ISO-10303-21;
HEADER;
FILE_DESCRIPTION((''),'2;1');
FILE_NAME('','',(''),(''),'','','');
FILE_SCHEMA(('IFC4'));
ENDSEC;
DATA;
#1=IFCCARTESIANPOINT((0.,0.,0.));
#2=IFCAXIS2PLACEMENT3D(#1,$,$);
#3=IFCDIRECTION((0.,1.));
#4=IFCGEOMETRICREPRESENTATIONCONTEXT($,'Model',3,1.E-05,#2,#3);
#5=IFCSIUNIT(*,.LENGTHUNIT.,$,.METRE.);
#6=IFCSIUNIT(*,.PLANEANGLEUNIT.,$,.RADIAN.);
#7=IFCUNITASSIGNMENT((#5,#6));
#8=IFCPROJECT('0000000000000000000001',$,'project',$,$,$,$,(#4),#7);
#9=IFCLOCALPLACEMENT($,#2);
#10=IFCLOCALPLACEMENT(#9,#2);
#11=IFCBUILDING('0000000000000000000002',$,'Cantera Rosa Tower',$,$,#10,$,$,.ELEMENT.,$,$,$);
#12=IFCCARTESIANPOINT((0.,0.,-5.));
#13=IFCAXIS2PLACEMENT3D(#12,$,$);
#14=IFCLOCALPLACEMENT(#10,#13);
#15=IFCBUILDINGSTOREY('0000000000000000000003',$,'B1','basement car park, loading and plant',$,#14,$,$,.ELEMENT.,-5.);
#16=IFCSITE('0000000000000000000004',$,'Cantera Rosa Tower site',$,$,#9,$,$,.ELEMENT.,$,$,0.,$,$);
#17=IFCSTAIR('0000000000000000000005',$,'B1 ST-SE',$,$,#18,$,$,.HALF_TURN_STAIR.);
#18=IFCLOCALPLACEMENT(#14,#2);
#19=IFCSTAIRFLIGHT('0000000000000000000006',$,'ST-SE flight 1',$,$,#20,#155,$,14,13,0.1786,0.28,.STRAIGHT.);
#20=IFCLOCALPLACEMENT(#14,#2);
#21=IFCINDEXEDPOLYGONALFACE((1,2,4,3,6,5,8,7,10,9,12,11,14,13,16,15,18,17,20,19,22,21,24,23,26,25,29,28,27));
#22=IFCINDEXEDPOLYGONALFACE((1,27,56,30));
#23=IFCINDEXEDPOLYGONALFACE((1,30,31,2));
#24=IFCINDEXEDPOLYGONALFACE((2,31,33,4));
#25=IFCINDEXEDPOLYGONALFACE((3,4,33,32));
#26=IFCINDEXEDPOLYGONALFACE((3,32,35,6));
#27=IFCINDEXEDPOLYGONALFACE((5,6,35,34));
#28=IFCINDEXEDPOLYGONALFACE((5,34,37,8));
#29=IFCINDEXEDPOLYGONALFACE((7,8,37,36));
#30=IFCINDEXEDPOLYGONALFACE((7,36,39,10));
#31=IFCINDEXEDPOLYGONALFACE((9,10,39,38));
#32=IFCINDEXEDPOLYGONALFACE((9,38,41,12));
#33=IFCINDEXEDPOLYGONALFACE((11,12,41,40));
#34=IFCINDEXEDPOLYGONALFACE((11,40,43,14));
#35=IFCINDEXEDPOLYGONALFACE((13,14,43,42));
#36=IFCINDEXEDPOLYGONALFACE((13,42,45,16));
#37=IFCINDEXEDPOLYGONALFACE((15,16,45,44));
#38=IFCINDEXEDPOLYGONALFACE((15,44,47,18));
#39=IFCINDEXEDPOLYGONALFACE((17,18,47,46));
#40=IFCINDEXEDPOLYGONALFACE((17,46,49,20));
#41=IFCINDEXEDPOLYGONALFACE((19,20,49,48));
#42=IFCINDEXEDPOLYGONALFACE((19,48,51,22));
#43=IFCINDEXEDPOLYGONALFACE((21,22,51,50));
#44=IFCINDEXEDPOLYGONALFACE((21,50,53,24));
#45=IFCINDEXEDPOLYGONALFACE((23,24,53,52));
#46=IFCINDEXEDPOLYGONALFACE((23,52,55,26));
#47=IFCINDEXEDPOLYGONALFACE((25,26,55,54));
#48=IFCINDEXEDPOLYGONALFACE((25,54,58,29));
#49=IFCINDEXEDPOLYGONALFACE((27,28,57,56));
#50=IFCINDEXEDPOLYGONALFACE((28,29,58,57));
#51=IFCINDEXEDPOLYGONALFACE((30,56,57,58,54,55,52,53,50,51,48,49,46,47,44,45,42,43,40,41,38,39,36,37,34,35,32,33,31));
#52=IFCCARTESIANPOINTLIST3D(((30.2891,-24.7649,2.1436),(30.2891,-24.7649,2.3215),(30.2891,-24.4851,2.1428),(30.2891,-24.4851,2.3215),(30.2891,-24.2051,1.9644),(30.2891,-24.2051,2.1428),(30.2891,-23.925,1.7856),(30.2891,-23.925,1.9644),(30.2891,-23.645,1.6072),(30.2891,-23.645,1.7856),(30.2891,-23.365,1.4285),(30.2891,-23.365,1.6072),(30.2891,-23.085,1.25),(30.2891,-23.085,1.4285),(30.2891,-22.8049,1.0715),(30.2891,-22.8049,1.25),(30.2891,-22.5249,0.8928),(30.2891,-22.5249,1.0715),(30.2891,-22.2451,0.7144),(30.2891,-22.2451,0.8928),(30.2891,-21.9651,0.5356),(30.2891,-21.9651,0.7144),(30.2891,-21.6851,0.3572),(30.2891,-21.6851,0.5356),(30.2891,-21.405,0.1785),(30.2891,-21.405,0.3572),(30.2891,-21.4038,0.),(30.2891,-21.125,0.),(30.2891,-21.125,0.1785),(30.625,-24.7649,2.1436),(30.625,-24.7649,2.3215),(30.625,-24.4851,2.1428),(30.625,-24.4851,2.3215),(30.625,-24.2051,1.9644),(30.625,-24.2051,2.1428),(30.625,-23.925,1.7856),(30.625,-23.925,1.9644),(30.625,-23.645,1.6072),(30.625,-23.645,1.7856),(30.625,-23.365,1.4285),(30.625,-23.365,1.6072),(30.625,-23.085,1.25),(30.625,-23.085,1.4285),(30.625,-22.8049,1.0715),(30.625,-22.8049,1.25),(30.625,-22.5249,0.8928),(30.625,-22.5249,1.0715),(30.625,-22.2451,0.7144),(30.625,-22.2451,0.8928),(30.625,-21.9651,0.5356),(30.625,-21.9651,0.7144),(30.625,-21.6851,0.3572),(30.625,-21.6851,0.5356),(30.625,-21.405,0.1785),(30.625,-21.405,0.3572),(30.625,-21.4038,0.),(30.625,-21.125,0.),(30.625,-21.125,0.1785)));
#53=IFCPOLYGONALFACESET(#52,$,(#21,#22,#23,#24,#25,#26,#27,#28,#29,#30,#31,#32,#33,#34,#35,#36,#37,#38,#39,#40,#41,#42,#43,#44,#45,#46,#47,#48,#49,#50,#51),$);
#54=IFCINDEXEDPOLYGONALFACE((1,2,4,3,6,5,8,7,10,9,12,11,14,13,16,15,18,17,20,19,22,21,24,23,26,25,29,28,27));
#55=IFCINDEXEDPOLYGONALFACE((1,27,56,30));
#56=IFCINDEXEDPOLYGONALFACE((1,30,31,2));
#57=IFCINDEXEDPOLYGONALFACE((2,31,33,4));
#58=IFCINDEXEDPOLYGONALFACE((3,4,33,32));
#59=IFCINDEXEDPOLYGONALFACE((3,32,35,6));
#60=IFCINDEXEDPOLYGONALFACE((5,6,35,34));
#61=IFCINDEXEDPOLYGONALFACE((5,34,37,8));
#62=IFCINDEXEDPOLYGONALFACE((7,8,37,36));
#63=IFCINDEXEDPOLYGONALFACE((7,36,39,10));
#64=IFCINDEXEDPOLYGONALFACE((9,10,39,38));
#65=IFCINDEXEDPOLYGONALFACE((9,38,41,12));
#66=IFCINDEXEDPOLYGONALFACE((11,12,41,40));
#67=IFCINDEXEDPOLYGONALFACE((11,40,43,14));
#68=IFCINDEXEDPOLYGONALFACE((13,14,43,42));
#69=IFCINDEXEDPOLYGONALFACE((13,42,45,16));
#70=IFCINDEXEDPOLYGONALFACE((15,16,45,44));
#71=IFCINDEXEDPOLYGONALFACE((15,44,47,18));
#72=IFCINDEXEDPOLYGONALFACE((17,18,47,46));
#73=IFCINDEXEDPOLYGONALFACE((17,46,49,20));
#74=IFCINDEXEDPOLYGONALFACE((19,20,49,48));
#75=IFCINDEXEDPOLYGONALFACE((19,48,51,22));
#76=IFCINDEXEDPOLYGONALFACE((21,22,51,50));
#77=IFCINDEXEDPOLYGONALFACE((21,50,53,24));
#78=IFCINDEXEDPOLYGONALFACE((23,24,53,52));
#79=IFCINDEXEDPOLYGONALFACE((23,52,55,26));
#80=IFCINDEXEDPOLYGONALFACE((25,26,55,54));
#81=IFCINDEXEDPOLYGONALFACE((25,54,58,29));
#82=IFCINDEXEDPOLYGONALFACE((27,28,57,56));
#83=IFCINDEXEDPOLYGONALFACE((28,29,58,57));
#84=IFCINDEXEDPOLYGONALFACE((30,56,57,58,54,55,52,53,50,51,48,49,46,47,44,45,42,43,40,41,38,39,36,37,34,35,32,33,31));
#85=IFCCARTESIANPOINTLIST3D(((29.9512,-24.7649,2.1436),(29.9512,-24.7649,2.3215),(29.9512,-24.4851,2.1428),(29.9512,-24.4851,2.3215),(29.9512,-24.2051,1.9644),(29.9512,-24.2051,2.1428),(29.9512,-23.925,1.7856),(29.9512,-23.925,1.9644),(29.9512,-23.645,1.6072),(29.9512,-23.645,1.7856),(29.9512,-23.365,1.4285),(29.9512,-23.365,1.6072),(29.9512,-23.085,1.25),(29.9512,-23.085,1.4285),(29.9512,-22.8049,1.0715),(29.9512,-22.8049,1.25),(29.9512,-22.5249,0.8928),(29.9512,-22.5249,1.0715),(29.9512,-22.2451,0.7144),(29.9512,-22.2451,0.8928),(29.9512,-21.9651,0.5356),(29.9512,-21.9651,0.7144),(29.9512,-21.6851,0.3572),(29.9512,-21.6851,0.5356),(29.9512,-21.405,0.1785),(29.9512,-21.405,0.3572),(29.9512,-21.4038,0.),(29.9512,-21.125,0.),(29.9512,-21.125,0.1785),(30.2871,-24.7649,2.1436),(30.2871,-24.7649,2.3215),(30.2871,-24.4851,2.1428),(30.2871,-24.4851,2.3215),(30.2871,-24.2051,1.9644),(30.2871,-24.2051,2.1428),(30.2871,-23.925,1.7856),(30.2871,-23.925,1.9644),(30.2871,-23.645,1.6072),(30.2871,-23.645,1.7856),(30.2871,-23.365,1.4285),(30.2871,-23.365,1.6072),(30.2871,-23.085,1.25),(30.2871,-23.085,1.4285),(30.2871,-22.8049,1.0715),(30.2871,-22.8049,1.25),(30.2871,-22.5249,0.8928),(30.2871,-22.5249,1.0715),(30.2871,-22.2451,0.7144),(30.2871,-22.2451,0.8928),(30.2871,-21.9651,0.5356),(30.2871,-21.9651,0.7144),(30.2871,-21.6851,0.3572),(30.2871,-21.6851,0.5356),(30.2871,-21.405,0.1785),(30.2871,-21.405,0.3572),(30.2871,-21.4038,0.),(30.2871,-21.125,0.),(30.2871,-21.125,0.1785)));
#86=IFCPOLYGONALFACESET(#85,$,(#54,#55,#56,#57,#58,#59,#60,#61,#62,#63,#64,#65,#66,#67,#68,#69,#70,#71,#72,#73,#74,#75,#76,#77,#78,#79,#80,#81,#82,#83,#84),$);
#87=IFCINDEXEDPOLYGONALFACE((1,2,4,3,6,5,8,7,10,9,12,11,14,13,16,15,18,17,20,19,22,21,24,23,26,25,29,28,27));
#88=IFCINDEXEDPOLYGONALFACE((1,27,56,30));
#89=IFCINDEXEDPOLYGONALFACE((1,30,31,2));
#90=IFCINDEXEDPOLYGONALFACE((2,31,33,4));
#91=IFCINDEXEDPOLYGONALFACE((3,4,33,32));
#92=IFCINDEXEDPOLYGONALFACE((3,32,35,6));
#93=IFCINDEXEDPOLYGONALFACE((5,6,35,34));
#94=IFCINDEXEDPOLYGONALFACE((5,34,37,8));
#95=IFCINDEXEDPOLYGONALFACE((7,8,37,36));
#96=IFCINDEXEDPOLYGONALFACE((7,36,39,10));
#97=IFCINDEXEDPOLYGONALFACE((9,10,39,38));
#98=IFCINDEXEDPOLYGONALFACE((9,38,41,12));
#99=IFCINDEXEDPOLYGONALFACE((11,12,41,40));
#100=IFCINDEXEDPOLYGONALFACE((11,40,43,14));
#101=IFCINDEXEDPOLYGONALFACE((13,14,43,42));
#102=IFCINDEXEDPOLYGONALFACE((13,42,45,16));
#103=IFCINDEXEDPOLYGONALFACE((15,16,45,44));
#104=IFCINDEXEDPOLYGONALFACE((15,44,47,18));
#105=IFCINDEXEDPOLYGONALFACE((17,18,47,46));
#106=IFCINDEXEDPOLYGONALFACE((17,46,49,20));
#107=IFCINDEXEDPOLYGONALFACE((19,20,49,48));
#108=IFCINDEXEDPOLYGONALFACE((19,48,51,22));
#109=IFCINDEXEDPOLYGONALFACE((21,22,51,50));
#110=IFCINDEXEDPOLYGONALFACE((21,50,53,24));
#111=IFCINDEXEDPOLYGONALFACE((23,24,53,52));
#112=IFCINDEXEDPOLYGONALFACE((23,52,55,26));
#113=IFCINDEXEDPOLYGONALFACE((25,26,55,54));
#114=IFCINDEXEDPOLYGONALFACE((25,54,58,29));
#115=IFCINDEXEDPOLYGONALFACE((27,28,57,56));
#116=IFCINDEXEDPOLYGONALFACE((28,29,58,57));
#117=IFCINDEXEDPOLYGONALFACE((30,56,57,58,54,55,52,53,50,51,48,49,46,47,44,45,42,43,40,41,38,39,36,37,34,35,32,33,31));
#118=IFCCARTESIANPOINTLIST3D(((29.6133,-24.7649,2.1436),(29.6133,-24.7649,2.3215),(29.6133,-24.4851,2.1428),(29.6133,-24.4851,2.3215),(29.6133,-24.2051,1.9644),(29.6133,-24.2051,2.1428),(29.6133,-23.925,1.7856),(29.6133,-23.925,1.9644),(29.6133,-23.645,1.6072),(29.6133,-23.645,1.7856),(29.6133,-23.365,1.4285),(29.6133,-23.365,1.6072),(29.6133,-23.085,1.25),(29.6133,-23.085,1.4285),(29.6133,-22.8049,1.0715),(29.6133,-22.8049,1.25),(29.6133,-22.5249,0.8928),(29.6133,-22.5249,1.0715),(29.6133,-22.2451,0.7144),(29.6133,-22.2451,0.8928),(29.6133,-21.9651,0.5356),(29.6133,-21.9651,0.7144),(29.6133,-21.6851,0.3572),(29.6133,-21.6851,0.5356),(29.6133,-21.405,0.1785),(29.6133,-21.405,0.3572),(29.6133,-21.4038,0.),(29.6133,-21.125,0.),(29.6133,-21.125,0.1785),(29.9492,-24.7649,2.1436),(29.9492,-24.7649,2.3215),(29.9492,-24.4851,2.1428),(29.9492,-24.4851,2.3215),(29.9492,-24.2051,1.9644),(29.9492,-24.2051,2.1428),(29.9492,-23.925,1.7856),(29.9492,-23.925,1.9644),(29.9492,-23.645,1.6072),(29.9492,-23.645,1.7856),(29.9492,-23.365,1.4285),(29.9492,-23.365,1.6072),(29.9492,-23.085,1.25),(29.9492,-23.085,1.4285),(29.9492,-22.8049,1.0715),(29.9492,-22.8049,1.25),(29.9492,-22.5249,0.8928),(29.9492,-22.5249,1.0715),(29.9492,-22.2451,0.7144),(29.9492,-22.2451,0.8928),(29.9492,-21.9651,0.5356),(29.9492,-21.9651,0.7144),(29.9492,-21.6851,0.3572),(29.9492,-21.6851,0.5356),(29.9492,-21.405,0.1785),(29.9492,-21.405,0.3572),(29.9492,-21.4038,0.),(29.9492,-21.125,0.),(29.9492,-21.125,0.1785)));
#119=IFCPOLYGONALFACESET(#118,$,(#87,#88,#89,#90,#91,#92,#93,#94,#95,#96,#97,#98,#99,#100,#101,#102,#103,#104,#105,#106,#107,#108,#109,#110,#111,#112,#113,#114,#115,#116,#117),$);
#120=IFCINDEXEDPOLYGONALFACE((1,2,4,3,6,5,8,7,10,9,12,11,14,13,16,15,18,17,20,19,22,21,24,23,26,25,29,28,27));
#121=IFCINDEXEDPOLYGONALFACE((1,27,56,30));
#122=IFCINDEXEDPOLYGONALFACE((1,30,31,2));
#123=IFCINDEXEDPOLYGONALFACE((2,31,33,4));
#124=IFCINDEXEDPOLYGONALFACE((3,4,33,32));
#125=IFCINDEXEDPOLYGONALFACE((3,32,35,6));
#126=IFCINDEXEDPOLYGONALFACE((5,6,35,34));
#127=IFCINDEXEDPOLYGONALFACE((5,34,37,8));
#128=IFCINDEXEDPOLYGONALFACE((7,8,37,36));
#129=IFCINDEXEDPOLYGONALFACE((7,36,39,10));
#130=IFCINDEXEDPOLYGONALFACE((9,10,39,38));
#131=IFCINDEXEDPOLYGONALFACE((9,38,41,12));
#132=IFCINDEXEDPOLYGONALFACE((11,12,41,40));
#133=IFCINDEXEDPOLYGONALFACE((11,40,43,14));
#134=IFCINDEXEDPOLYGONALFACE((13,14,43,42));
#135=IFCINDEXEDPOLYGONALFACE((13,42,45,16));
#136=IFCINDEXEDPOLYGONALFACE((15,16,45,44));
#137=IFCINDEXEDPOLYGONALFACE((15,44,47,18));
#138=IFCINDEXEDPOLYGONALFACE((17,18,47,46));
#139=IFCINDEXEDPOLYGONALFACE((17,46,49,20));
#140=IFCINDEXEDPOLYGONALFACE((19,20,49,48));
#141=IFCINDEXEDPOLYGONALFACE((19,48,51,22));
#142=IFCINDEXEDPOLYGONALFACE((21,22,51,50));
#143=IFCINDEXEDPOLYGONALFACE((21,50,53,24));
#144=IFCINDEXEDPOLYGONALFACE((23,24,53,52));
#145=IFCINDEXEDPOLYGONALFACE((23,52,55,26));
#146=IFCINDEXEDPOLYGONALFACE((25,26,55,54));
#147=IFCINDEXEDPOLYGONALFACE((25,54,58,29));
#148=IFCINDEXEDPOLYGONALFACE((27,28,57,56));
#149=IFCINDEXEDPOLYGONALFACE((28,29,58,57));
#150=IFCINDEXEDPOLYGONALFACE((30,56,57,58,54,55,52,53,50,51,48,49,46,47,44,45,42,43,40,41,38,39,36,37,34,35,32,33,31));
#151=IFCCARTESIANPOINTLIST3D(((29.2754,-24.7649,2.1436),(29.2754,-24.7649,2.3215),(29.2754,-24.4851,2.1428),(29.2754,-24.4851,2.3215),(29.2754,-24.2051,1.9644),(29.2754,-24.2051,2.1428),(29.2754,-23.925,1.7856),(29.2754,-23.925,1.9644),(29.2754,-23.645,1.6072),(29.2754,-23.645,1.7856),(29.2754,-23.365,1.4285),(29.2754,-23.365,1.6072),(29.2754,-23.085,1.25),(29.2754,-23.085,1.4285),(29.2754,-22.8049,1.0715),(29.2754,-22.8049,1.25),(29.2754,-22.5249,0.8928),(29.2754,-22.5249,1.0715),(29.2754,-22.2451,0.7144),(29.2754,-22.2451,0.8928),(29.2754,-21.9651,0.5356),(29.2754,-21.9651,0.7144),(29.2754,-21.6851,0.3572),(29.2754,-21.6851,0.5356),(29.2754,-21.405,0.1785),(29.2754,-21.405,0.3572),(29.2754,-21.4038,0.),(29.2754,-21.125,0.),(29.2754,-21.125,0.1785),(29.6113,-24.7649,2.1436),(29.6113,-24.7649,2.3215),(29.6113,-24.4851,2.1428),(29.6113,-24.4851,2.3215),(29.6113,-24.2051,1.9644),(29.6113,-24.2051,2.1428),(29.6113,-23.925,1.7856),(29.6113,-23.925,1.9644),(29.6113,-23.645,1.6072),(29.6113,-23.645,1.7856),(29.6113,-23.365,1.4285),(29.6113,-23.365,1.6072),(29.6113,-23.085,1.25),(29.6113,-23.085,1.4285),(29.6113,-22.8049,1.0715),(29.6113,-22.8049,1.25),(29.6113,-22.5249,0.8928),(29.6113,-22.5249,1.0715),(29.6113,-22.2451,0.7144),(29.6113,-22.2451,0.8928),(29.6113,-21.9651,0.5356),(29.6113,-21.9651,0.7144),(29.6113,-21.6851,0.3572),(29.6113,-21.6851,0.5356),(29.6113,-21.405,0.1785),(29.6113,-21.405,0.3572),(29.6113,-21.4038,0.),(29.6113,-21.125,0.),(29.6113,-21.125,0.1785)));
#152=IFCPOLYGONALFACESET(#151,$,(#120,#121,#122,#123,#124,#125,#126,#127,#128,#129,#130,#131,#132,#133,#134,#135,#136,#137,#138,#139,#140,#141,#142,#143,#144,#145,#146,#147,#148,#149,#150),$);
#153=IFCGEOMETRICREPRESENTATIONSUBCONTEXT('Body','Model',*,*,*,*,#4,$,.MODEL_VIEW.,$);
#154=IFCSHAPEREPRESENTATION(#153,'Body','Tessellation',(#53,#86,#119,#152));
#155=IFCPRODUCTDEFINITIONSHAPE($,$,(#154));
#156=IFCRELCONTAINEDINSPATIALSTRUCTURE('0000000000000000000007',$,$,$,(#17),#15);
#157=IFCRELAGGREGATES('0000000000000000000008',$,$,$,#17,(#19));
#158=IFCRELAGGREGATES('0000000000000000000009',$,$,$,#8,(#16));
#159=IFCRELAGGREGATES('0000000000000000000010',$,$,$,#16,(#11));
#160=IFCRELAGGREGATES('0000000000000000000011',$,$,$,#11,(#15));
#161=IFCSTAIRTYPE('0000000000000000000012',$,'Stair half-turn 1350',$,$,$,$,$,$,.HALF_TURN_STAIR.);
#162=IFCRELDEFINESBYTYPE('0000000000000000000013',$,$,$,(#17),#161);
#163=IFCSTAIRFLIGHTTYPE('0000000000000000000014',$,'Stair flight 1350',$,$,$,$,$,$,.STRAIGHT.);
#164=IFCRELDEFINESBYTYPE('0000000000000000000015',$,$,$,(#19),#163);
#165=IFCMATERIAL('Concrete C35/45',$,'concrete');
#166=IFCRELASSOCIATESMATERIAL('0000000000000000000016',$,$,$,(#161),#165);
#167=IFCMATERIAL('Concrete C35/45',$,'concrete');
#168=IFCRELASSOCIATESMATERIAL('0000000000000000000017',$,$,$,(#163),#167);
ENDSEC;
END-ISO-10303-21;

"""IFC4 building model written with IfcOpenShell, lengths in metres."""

from ifc_helpers import new_model, si_unit, direction, frame, origin, place, context, subcontext, project, spatial, polyline, outline, extrude, material, type_object, element, aggregate, save


model = new_model("IFC4")

# Units and contexts
model_context = context("Model", 3, precision=1e-05, world=origin(), true_north=direction((0.0, 1.0)))
body_context = subcontext(model_context, "Body", "Model", "MODEL_VIEW")
ifc_project = project(units=[si_unit("LENGTHUNIT", "METRE"), si_unit("PLANEANGLEUNIT", "RADIAN")], contexts=[model_context])

# Site, building, storey
site_placement = place(None, origin())
site = spatial("IfcSite", under=ifc_project, at=site_placement, Name="Cantera Rosa Tower site", CompositionType="ELEMENT", RefElevation=0.0)
building_placement = place(site_placement, origin())
building = spatial("IfcBuilding", under=site, at=building_placement, Name="Cantera Rosa Tower", CompositionType="ELEMENT")
storey_placement = place(building_placement, frame((0.0, 0.0, -5.0)))
storey = spatial("IfcBuildingStorey", under=building, at=storey_placement, Name="B1", Description="basement car park, loading and plant", CompositionType="ELEMENT", Elevation=-5.0)

# Stair, stair flight
ifc_material_1 = material(Name="Concrete C35/45", Category="concrete")
stair_type = type_object("IfcStairType", Name="Stair half-turn 1350", PredefinedType="HALF_TURN_STAIR", material=ifc_material_1)
stair_placement = place(storey_placement, origin())
stair = element("IfcStair", 1, at=stair_placement, inside=storey, type_object=stair_type, Name="B1 ST-SE", PredefinedType="HALF_TURN_STAIR")
ifc_material_2 = material(Name="Concrete C35/45", Category="concrete")
stair_flight_type = type_object("IfcStairFlightType", Name="Stair flight 1350", PredefinedType="STRAIGHT", material=ifc_material_2)
stair_flight_1_placement = place(storey_placement, frame((29.95, -21.125, 0.0), z_axis=(0.0, 0.0, 1.0), x_axis=(0.0, -1.0, 0.0)))
stair_flight_1 = element("IfcStairFlight", 2, at=stair_flight_1_placement, type_object=stair_flight_type, Name="ST-SE flight 1", NumberOfRisers=14, NumberOfTreads=13, PredefinedType="STRAIGHT", RiserHeight=0.1786, TreadLength=0.28, context=body_context, shape_type="SweptSolid", body=[
    extrude(outline(polyline([(0.0, 0.0), (0.0, 0.1785), (0.28, 0.1785), (0.28, 0.3572), (0.5601, 0.3572), (0.5601, 0.5356), (0.8401, 0.5356), (0.8401, 0.7144), (1.1201, 0.7144), (1.1201, 0.8928), (1.3999, 0.8928), (1.3999, 1.0715), (1.6799, 1.0715), (1.6799, 1.25), (1.96, 1.25), (1.96, 1.4285), (2.24, 1.4285), (2.24, 1.6072), (2.52, 1.6072), (2.52, 1.7856), (2.8, 1.7856), (2.8, 1.9644), (3.0801, 1.9644), (3.0801, 2.1428), (3.3601, 2.1428), (3.3601, 2.3215), (3.6399, 2.3215), (3.6399, 2.5), (3.6399, 2.1436), (0.2788, 0.0), (0.0, 0.0)])), frame((0.0, 0.675, 0.0), z_axis=(0.0, -1.0, 0.0), x_axis=(1.0, 0.0, 0.0)), (0.0, 0.0, 1.0), 0.3359),
    extrude(outline(polyline([(0.0, 0.0), (0.0, 0.1785), (0.28, 0.1785), (0.28, 0.3572), (0.5601, 0.3572), (0.5601, 0.5356), (0.8401, 0.5356), (0.8401, 0.7144), (1.1201, 0.7144), (1.1201, 0.8928), (1.3999, 0.8928), (1.3999, 1.0715), (1.6799, 1.0715), (1.6799, 1.25), (1.96, 1.25), (1.96, 1.4285), (2.24, 1.4285), (2.24, 1.6072), (2.52, 1.6072), (2.52, 1.7856), (2.8, 1.7856), (2.8, 1.9644), (3.0801, 1.9644), (3.0801, 2.1428), (3.3601, 2.1428), (3.3601, 2.3215), (3.6399, 2.3215), (3.6399, 2.5), (3.6399, 2.1436), (0.2788, 0.0), (0.0, 0.0)])), frame((0.0, 0.3372, 0.0), z_axis=(0.0, -1.0, 0.0), x_axis=(1.0, 0.0, 0.0)), (0.0, 0.0, 1.0), 0.3359),
    extrude(outline(polyline([(0.0, 0.0), (0.0, 0.1785), (0.28, 0.1785), (0.28, 0.3572), (0.5601, 0.3572), (0.5601, 0.5356), (0.8401, 0.5356), (0.8401, 0.7144), (1.1201, 0.7144), (1.1201, 0.8928), (1.3999, 0.8928), (1.3999, 1.0715), (1.6799, 1.0715), (1.6799, 1.25), (1.96, 1.25), (1.96, 1.4285), (2.24, 1.4285), (2.24, 1.6072), (2.52, 1.6072), (2.52, 1.7856), (2.8, 1.7856), (2.8, 1.9644), (3.0801, 1.9644), (3.0801, 2.1428), (3.3601, 2.1428), (3.3601, 2.3215), (3.6399, 2.3215), (3.6399, 2.5), (3.6399, 2.1436), (0.2788, 0.0), (0.0, 0.0)])), frame((0.0, -0.0007, 0.0), z_axis=(0.0, -1.0, 0.0), x_axis=(1.0, 0.0, 0.0)), (0.0, 0.0, 1.0), 0.3359),
    extrude(outline(polyline([(0.0, 0.0), (0.0, 0.1785), (0.28, 0.1785), (0.28, 0.3572), (0.5601, 0.3572), (0.5601, 0.5356), (0.8401, 0.5356), (0.8401, 0.7144), (1.1201, 0.7144), (1.1201, 0.8928), (1.3999, 0.8928), (1.3999, 1.0715), (1.6799, 1.0715), (1.6799, 1.25), (1.96, 1.25), (1.96, 1.4285), (2.24, 1.4285), (2.24, 1.6072), (2.52, 1.6072), (2.52, 1.7856), (2.8, 1.7856), (2.8, 1.9644), (3.0801, 1.9644), (3.0801, 2.1428), (3.3601, 2.1428), (3.3601, 2.3215), (3.6399, 2.3215), (3.6399, 2.5), (3.6399, 2.1436), (0.2788, 0.0), (0.0, 0.0)])), frame((0.0, -0.3386, 0.0), z_axis=(0.0, -1.0, 0.0), x_axis=(1.0, 0.0, 0.0)), (0.0, 0.0, 1.0), 0.3359),
])
aggregate(stair, [stair_flight_1])

save(model, "model.ifc")
